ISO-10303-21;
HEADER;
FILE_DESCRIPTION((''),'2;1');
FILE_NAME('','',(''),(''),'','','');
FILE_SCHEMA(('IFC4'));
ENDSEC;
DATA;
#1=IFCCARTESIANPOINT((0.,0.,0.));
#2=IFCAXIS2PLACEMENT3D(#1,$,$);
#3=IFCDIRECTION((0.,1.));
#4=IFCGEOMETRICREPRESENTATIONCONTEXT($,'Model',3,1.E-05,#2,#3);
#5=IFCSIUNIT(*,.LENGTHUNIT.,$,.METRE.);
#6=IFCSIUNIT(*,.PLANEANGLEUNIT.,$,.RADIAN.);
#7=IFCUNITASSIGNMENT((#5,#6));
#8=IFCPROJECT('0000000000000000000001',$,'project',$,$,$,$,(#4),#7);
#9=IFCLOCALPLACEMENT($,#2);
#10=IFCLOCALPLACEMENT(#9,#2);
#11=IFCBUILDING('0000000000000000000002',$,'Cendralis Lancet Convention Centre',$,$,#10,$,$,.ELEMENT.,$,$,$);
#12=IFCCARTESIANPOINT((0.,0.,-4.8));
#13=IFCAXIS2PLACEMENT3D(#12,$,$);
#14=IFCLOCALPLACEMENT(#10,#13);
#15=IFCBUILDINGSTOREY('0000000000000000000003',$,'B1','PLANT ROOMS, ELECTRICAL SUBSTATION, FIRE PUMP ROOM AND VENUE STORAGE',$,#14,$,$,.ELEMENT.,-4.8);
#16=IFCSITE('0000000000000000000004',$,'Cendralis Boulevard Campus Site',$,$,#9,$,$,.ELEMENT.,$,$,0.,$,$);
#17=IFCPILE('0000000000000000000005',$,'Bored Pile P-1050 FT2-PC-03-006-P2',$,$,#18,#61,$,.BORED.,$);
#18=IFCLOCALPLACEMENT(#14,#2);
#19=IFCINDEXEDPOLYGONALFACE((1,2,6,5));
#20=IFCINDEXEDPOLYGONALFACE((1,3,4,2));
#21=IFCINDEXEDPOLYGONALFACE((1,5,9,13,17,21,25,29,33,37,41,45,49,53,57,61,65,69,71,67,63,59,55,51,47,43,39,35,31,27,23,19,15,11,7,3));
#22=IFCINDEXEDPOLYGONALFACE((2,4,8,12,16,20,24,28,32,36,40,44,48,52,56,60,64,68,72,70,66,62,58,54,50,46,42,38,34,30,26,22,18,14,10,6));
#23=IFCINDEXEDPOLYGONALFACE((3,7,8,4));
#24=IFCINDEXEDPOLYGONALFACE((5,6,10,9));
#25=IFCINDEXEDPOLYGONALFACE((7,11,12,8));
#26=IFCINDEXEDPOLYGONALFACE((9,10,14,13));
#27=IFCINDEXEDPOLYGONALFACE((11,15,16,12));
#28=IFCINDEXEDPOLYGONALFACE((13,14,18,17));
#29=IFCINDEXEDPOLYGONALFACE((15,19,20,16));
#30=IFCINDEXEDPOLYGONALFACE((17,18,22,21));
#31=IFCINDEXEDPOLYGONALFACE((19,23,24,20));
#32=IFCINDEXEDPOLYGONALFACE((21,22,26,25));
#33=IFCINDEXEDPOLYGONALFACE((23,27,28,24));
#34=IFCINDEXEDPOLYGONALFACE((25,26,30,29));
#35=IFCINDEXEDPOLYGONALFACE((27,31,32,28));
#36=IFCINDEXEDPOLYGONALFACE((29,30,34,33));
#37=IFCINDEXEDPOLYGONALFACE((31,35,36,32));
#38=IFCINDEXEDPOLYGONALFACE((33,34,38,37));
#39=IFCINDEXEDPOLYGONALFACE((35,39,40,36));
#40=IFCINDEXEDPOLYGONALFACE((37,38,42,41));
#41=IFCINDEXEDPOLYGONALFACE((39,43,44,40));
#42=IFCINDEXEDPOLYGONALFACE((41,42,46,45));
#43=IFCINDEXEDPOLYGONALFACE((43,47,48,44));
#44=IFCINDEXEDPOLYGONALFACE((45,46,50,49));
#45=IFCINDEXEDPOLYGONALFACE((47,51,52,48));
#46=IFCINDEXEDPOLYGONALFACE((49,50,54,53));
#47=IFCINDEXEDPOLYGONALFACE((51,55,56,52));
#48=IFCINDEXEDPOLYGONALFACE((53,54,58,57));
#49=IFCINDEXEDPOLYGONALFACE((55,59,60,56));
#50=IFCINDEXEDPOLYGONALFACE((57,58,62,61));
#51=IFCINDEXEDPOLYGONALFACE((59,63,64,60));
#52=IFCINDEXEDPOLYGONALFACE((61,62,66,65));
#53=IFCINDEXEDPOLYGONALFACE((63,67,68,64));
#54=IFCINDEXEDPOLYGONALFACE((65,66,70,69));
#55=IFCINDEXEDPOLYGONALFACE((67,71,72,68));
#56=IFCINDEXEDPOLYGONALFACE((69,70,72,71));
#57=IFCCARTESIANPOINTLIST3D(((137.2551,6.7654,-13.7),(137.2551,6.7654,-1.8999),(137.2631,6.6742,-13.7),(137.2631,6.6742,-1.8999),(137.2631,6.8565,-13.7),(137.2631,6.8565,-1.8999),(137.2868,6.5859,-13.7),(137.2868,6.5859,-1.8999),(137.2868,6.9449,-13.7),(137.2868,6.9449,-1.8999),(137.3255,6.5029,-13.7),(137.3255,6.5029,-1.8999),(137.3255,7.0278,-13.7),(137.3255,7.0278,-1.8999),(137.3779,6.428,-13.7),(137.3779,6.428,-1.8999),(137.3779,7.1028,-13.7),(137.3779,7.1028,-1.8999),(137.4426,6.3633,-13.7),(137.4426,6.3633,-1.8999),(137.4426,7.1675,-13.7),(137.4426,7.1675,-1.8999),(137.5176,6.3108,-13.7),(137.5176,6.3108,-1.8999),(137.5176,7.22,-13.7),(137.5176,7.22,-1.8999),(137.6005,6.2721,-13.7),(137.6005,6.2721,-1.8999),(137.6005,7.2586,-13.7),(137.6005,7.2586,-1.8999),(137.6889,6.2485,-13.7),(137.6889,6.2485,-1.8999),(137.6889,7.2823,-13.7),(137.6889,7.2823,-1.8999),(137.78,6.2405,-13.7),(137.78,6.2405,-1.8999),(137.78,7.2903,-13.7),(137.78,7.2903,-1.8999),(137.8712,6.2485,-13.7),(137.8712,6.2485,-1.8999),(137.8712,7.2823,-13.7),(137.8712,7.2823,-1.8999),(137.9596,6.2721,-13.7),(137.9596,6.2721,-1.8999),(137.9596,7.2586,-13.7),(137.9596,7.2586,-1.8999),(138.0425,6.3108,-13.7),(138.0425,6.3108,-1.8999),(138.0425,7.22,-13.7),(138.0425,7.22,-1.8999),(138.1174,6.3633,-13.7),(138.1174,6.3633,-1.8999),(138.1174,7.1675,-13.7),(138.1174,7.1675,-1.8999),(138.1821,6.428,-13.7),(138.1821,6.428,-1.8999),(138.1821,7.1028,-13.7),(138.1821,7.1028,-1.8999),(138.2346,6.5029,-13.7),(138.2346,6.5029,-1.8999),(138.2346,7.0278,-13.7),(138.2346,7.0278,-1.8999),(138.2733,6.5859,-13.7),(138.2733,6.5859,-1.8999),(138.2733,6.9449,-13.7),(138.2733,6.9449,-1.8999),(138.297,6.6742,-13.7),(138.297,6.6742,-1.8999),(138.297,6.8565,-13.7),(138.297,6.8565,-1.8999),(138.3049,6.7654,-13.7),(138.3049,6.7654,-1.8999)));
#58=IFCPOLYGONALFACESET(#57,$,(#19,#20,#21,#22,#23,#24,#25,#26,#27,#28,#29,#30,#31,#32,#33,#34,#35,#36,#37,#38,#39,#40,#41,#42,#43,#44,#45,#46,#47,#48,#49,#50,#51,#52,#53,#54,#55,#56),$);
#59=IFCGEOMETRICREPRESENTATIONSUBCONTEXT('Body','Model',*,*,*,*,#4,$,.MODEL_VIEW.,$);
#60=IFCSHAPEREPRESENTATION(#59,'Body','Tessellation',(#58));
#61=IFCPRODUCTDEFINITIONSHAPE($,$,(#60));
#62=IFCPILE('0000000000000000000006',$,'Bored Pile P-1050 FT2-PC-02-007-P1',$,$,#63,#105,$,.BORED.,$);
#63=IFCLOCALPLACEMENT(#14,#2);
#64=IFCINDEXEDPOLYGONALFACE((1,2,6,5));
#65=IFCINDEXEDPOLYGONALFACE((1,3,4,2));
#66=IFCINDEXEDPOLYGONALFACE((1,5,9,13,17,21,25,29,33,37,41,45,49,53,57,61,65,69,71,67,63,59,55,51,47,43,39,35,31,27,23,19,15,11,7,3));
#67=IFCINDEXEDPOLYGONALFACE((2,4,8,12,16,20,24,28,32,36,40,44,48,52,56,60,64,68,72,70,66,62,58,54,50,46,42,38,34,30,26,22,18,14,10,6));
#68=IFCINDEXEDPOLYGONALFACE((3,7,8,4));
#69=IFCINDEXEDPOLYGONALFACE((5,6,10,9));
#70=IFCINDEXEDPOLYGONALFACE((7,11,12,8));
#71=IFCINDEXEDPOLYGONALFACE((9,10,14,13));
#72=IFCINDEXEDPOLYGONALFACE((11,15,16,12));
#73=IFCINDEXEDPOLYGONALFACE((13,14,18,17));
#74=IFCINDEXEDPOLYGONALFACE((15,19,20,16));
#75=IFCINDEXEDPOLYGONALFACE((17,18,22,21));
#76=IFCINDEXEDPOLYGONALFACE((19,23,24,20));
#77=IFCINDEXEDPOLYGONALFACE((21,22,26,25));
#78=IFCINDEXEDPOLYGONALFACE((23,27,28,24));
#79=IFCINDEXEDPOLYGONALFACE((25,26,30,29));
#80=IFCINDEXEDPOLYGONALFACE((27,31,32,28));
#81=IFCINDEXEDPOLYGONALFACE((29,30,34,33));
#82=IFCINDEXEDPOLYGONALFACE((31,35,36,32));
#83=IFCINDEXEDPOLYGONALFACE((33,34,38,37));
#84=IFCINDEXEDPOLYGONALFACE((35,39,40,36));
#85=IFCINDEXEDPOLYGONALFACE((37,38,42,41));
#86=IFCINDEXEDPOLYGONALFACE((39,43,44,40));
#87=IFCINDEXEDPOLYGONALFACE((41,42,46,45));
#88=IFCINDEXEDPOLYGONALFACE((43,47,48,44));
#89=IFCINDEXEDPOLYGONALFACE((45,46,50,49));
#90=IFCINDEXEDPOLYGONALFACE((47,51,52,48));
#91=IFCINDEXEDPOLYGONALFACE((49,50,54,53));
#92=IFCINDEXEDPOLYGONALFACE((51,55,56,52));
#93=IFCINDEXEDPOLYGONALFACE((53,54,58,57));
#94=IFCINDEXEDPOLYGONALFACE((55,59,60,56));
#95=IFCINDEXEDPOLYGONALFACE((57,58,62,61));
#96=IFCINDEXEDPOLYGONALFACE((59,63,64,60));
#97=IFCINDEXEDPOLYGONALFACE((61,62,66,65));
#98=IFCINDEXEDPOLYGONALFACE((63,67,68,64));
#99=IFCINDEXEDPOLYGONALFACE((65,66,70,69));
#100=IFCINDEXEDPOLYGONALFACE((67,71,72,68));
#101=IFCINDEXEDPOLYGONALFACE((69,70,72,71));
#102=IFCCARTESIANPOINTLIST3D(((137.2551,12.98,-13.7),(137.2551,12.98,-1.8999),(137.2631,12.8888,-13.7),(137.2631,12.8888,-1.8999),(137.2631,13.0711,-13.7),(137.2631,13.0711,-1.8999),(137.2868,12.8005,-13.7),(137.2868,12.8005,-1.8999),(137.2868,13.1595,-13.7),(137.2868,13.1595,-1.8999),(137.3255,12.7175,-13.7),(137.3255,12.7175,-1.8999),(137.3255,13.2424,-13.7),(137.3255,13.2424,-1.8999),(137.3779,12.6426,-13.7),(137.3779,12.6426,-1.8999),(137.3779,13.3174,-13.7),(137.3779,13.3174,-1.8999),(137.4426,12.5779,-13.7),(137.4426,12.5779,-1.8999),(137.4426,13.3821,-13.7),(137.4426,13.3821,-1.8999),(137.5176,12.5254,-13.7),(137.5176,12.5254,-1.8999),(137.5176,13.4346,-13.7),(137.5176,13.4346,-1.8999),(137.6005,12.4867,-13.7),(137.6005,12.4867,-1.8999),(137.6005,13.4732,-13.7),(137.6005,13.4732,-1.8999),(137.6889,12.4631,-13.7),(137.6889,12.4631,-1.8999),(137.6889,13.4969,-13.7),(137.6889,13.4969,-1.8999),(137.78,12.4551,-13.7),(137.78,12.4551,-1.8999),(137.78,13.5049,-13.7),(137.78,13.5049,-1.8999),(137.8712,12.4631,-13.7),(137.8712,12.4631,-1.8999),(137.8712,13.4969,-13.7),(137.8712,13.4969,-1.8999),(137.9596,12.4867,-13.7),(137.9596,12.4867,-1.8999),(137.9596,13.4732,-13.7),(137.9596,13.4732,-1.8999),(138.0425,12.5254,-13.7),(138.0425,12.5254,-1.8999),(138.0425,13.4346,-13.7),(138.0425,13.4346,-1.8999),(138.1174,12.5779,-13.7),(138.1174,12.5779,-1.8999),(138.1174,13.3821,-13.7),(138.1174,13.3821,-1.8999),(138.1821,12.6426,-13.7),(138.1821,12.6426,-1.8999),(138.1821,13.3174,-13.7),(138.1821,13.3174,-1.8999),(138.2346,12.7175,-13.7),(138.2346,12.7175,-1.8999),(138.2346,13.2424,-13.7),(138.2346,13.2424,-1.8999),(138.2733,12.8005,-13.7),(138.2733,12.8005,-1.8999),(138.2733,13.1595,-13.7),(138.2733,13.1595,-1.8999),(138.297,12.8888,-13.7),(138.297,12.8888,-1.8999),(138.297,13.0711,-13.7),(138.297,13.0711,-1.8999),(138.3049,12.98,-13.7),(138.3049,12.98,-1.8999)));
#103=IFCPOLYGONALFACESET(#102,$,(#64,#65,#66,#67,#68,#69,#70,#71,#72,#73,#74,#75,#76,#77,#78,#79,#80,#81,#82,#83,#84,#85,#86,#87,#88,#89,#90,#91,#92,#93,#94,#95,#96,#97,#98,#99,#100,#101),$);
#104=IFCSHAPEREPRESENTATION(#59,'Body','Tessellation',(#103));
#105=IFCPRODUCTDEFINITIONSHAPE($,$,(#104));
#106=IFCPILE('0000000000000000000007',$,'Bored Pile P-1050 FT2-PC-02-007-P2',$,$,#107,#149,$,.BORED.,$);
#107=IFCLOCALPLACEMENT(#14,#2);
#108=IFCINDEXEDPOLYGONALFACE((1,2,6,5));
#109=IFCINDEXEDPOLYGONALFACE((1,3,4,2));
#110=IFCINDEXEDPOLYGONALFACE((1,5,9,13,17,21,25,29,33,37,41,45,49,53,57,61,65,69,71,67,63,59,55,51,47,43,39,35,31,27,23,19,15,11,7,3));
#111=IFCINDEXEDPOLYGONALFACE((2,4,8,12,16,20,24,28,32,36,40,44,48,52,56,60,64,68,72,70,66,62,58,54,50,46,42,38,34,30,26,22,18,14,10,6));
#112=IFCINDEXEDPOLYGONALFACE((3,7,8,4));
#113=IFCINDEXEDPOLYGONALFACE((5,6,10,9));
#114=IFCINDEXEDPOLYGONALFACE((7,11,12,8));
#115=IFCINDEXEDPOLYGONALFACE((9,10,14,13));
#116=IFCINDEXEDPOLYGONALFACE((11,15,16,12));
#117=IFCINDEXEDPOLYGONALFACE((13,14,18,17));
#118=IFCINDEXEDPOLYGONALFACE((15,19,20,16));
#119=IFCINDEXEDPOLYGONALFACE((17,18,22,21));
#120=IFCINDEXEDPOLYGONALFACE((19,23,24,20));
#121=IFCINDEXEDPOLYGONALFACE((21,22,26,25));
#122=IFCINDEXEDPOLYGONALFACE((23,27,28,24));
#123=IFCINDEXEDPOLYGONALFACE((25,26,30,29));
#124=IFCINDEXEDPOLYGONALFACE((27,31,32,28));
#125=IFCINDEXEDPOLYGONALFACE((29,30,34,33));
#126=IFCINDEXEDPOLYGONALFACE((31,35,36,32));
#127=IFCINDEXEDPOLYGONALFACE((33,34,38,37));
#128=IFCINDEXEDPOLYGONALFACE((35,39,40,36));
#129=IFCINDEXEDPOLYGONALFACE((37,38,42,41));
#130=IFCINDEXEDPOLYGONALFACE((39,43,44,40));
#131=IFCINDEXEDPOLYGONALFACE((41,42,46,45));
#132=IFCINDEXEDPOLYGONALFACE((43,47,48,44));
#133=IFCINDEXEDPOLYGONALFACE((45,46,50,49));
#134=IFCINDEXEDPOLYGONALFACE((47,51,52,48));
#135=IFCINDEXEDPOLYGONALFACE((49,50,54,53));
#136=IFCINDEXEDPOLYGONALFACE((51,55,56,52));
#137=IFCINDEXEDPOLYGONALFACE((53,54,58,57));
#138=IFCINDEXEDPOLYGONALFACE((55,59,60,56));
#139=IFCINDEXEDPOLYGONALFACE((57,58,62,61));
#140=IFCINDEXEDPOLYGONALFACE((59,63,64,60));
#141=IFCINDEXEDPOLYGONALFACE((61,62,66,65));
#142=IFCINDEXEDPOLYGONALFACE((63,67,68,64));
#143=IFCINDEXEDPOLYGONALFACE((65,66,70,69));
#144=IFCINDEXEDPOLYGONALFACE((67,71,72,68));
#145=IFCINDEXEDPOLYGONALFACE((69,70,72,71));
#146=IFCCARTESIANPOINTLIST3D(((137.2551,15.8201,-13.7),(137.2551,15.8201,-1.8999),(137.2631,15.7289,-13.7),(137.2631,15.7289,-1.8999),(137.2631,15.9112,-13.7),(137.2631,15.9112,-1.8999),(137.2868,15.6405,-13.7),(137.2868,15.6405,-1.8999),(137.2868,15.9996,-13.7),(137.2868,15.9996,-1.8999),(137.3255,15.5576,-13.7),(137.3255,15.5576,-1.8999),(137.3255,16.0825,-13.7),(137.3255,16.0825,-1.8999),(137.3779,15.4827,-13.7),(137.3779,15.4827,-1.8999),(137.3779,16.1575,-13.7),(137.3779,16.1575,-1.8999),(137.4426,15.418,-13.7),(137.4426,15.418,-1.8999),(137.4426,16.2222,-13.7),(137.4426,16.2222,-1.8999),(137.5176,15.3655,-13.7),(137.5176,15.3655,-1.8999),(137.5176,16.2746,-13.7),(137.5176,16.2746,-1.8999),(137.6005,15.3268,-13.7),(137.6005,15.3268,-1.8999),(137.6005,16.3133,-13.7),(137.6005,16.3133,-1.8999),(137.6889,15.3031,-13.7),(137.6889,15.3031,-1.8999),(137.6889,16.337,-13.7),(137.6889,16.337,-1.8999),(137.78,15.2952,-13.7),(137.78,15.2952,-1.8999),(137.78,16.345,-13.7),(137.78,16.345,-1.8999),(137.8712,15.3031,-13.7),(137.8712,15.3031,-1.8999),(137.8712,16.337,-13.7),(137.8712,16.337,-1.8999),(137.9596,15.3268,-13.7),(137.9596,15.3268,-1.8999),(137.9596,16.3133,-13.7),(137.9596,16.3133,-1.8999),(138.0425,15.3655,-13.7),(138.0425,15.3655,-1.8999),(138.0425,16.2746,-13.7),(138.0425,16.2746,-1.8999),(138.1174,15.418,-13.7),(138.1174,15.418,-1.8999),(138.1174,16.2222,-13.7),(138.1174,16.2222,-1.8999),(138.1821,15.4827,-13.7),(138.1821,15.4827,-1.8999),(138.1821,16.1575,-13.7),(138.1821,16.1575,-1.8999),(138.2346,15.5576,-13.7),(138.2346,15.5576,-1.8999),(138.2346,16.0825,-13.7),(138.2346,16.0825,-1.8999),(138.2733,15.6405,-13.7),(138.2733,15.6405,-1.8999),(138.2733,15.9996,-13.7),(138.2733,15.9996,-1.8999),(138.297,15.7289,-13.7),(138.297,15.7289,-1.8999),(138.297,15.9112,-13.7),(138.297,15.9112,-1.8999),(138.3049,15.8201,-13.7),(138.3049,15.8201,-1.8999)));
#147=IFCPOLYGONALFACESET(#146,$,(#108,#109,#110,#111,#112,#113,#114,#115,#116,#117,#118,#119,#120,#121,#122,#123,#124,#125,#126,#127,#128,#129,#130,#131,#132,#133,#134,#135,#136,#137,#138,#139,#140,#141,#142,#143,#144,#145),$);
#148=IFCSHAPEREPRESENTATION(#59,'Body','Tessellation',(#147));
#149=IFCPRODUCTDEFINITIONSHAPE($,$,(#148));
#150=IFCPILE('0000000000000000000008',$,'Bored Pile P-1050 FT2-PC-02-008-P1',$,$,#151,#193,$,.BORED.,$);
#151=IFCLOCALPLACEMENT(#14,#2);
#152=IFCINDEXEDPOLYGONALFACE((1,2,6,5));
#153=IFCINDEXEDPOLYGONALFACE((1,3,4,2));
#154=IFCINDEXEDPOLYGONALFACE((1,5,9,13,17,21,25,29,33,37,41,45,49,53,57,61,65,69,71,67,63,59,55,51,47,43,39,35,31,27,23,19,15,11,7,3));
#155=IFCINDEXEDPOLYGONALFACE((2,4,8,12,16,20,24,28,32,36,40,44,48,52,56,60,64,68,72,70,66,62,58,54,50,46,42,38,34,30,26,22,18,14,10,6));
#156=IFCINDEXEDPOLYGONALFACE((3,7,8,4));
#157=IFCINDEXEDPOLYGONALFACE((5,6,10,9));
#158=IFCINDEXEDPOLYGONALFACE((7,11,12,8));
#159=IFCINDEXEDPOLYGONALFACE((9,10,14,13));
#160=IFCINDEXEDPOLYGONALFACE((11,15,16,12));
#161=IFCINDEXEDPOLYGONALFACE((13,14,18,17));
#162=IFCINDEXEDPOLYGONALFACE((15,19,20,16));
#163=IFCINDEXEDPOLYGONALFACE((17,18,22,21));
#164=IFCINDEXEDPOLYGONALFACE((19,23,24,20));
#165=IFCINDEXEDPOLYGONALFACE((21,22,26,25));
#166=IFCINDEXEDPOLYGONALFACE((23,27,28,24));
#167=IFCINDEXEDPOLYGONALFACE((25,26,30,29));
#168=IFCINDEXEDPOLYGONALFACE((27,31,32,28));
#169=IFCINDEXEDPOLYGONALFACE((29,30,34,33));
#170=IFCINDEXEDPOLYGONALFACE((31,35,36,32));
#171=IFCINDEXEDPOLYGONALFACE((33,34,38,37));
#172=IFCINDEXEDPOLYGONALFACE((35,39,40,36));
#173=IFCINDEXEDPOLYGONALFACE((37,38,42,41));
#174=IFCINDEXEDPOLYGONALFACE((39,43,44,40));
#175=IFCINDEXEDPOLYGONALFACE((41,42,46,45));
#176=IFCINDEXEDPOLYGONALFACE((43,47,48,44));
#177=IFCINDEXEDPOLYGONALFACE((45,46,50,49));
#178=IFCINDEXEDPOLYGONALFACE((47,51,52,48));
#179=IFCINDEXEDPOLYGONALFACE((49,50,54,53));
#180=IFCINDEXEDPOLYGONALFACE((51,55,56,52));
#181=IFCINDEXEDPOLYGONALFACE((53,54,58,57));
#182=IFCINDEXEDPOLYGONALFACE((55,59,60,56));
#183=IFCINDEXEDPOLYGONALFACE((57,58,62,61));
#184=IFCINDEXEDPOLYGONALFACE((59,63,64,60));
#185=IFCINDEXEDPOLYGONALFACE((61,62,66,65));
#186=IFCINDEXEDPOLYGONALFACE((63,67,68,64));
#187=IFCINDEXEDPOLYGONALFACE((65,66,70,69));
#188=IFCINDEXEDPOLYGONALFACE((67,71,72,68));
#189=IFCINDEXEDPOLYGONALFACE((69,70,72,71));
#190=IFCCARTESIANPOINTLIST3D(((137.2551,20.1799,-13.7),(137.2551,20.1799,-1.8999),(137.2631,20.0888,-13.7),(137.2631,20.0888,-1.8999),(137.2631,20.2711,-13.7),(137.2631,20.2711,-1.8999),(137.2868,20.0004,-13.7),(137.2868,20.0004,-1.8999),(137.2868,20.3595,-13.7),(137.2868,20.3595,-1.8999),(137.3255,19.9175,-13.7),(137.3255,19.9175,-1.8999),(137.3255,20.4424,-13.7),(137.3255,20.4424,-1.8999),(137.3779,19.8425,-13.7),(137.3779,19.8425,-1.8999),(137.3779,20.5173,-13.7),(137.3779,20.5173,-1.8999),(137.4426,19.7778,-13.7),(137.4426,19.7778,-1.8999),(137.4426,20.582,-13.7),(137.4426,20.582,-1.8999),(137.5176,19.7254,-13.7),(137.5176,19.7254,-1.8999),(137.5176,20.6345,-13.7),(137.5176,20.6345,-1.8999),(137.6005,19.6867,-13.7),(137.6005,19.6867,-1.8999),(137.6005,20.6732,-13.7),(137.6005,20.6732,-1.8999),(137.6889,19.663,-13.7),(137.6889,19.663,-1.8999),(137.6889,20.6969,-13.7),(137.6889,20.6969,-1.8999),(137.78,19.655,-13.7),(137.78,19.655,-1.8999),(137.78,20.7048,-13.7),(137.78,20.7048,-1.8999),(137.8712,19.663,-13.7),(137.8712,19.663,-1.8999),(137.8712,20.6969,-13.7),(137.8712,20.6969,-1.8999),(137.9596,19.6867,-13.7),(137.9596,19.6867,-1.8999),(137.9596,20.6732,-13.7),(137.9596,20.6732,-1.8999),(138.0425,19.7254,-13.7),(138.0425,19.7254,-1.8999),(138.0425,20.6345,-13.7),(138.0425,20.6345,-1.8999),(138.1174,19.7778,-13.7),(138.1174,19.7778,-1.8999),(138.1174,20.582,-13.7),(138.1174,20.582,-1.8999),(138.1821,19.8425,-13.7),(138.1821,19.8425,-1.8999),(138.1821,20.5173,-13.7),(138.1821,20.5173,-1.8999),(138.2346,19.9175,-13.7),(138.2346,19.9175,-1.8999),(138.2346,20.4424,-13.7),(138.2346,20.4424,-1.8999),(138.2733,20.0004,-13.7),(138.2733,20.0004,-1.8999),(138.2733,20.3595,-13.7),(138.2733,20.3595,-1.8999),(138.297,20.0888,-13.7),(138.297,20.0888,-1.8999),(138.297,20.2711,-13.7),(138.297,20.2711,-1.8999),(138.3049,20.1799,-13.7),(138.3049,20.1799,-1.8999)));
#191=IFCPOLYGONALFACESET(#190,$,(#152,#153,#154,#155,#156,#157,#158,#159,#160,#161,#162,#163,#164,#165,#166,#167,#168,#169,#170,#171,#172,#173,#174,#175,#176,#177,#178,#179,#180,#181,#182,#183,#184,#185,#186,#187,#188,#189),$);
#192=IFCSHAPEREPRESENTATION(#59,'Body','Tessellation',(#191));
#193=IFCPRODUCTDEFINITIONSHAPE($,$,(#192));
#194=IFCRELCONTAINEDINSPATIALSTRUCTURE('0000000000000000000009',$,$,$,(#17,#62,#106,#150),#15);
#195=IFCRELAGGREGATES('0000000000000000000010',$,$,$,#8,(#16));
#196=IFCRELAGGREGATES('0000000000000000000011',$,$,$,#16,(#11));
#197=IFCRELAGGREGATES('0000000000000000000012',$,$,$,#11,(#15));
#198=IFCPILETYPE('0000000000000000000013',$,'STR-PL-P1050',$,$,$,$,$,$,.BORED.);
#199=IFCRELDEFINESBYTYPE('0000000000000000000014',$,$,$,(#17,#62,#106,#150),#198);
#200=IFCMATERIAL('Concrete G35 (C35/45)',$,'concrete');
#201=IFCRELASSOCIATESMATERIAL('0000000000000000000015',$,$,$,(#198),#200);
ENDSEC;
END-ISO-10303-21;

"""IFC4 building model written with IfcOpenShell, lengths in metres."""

from ifc_helpers import new_model, si_unit, direction, frame, origin, origin_2d, place, context, subcontext, project, spatial, circle, extrude, material, material_profile, profile_set, type_object, element, save


model = new_model("IFC4")

# Units and contexts
model_context = context("Model", 3, precision=1e-05, world=origin(), true_north=direction((0.0, 1.0)))
body_context = subcontext(model_context, "Body", "Model", "MODEL_VIEW")
ifc_project = project(units=[si_unit("LENGTHUNIT", "METRE"), si_unit("PLANEANGLEUNIT", "RADIAN")], contexts=[model_context])

# Site, building, storey
site_placement = place(None, origin())
site = spatial("IfcSite", under=ifc_project, at=site_placement, Name="Cendralis Boulevard Campus Site", CompositionType="ELEMENT", RefElevation=0.0)
building_placement = place(site_placement, origin())
building = spatial("IfcBuilding", under=site, at=building_placement, Name="Cendralis Lancet Convention Centre", CompositionType="ELEMENT")
storey_placement = place(building_placement, frame((0.0, 0.0, -4.8)))
storey = spatial("IfcBuildingStorey", under=building, at=storey_placement, Name="B1", Description="PLANT ROOMS, ELECTRICAL SUBSTATION, FIRE PUMP ROOM AND VENUE STORAGE", CompositionType="ELEMENT", Elevation=-4.8)

# Shared definitions
ifc_material_1 = material(Name="Concrete G35 (C35/45)", Category="concrete")

# Piles
ifc_material_profile_1 = material_profile(ifc_material_1, circle(Radius=0.5249, at=origin_2d()), Name="BORED PILE D1050")
ifc_profile_set_1 = profile_set([ifc_material_profile_1], Name="Concrete G35 (C35/45)")
pile_type = type_object("IfcPileType", Name="STR-PL-P1050", PredefinedType="BORED", material=ifc_profile_set_1)
for number, where, z_axis, x_axis, name in (
    (1, (137.78, 6.7654, -1.8999), (0.0, 0.0, -1.0), (1.0, 0.0, 0.0), "Bored Pile P-1050 FT2-PC-03-006-P2"),
    (2, (137.78, 12.98, -1.8999), (0.0, 0.0, -1.0), (1.0, 0.0, 0.0), "Bored Pile P-1050 FT2-PC-02-007-P1"),
    (3, (137.78, 15.8201, -1.8999), (0.0, 0.0, -1.0), (1.0, 0.0, 0.0), "Bored Pile P-1050 FT2-PC-02-007-P2"),
    (4, (137.78, 20.1799, -1.8999), (0.0, 0.0, -1.0), (1.0, 0.0, 0.0), "Bored Pile P-1050 FT2-PC-02-008-P1"),
):
    element("IfcPile", number, at=place(storey_placement, frame(where, z_axis=z_axis, x_axis=x_axis)), inside=storey, type_object=pile_type, Name=name, PredefinedType="BORED", context=body_context, shape_type="SweptSolid", body=[
        extrude(circle(Radius=0.5249, at=origin_2d()), origin(), (0.0, 0.0, 1.0), 11.8),
    ])

save(model, "model.ifc")
